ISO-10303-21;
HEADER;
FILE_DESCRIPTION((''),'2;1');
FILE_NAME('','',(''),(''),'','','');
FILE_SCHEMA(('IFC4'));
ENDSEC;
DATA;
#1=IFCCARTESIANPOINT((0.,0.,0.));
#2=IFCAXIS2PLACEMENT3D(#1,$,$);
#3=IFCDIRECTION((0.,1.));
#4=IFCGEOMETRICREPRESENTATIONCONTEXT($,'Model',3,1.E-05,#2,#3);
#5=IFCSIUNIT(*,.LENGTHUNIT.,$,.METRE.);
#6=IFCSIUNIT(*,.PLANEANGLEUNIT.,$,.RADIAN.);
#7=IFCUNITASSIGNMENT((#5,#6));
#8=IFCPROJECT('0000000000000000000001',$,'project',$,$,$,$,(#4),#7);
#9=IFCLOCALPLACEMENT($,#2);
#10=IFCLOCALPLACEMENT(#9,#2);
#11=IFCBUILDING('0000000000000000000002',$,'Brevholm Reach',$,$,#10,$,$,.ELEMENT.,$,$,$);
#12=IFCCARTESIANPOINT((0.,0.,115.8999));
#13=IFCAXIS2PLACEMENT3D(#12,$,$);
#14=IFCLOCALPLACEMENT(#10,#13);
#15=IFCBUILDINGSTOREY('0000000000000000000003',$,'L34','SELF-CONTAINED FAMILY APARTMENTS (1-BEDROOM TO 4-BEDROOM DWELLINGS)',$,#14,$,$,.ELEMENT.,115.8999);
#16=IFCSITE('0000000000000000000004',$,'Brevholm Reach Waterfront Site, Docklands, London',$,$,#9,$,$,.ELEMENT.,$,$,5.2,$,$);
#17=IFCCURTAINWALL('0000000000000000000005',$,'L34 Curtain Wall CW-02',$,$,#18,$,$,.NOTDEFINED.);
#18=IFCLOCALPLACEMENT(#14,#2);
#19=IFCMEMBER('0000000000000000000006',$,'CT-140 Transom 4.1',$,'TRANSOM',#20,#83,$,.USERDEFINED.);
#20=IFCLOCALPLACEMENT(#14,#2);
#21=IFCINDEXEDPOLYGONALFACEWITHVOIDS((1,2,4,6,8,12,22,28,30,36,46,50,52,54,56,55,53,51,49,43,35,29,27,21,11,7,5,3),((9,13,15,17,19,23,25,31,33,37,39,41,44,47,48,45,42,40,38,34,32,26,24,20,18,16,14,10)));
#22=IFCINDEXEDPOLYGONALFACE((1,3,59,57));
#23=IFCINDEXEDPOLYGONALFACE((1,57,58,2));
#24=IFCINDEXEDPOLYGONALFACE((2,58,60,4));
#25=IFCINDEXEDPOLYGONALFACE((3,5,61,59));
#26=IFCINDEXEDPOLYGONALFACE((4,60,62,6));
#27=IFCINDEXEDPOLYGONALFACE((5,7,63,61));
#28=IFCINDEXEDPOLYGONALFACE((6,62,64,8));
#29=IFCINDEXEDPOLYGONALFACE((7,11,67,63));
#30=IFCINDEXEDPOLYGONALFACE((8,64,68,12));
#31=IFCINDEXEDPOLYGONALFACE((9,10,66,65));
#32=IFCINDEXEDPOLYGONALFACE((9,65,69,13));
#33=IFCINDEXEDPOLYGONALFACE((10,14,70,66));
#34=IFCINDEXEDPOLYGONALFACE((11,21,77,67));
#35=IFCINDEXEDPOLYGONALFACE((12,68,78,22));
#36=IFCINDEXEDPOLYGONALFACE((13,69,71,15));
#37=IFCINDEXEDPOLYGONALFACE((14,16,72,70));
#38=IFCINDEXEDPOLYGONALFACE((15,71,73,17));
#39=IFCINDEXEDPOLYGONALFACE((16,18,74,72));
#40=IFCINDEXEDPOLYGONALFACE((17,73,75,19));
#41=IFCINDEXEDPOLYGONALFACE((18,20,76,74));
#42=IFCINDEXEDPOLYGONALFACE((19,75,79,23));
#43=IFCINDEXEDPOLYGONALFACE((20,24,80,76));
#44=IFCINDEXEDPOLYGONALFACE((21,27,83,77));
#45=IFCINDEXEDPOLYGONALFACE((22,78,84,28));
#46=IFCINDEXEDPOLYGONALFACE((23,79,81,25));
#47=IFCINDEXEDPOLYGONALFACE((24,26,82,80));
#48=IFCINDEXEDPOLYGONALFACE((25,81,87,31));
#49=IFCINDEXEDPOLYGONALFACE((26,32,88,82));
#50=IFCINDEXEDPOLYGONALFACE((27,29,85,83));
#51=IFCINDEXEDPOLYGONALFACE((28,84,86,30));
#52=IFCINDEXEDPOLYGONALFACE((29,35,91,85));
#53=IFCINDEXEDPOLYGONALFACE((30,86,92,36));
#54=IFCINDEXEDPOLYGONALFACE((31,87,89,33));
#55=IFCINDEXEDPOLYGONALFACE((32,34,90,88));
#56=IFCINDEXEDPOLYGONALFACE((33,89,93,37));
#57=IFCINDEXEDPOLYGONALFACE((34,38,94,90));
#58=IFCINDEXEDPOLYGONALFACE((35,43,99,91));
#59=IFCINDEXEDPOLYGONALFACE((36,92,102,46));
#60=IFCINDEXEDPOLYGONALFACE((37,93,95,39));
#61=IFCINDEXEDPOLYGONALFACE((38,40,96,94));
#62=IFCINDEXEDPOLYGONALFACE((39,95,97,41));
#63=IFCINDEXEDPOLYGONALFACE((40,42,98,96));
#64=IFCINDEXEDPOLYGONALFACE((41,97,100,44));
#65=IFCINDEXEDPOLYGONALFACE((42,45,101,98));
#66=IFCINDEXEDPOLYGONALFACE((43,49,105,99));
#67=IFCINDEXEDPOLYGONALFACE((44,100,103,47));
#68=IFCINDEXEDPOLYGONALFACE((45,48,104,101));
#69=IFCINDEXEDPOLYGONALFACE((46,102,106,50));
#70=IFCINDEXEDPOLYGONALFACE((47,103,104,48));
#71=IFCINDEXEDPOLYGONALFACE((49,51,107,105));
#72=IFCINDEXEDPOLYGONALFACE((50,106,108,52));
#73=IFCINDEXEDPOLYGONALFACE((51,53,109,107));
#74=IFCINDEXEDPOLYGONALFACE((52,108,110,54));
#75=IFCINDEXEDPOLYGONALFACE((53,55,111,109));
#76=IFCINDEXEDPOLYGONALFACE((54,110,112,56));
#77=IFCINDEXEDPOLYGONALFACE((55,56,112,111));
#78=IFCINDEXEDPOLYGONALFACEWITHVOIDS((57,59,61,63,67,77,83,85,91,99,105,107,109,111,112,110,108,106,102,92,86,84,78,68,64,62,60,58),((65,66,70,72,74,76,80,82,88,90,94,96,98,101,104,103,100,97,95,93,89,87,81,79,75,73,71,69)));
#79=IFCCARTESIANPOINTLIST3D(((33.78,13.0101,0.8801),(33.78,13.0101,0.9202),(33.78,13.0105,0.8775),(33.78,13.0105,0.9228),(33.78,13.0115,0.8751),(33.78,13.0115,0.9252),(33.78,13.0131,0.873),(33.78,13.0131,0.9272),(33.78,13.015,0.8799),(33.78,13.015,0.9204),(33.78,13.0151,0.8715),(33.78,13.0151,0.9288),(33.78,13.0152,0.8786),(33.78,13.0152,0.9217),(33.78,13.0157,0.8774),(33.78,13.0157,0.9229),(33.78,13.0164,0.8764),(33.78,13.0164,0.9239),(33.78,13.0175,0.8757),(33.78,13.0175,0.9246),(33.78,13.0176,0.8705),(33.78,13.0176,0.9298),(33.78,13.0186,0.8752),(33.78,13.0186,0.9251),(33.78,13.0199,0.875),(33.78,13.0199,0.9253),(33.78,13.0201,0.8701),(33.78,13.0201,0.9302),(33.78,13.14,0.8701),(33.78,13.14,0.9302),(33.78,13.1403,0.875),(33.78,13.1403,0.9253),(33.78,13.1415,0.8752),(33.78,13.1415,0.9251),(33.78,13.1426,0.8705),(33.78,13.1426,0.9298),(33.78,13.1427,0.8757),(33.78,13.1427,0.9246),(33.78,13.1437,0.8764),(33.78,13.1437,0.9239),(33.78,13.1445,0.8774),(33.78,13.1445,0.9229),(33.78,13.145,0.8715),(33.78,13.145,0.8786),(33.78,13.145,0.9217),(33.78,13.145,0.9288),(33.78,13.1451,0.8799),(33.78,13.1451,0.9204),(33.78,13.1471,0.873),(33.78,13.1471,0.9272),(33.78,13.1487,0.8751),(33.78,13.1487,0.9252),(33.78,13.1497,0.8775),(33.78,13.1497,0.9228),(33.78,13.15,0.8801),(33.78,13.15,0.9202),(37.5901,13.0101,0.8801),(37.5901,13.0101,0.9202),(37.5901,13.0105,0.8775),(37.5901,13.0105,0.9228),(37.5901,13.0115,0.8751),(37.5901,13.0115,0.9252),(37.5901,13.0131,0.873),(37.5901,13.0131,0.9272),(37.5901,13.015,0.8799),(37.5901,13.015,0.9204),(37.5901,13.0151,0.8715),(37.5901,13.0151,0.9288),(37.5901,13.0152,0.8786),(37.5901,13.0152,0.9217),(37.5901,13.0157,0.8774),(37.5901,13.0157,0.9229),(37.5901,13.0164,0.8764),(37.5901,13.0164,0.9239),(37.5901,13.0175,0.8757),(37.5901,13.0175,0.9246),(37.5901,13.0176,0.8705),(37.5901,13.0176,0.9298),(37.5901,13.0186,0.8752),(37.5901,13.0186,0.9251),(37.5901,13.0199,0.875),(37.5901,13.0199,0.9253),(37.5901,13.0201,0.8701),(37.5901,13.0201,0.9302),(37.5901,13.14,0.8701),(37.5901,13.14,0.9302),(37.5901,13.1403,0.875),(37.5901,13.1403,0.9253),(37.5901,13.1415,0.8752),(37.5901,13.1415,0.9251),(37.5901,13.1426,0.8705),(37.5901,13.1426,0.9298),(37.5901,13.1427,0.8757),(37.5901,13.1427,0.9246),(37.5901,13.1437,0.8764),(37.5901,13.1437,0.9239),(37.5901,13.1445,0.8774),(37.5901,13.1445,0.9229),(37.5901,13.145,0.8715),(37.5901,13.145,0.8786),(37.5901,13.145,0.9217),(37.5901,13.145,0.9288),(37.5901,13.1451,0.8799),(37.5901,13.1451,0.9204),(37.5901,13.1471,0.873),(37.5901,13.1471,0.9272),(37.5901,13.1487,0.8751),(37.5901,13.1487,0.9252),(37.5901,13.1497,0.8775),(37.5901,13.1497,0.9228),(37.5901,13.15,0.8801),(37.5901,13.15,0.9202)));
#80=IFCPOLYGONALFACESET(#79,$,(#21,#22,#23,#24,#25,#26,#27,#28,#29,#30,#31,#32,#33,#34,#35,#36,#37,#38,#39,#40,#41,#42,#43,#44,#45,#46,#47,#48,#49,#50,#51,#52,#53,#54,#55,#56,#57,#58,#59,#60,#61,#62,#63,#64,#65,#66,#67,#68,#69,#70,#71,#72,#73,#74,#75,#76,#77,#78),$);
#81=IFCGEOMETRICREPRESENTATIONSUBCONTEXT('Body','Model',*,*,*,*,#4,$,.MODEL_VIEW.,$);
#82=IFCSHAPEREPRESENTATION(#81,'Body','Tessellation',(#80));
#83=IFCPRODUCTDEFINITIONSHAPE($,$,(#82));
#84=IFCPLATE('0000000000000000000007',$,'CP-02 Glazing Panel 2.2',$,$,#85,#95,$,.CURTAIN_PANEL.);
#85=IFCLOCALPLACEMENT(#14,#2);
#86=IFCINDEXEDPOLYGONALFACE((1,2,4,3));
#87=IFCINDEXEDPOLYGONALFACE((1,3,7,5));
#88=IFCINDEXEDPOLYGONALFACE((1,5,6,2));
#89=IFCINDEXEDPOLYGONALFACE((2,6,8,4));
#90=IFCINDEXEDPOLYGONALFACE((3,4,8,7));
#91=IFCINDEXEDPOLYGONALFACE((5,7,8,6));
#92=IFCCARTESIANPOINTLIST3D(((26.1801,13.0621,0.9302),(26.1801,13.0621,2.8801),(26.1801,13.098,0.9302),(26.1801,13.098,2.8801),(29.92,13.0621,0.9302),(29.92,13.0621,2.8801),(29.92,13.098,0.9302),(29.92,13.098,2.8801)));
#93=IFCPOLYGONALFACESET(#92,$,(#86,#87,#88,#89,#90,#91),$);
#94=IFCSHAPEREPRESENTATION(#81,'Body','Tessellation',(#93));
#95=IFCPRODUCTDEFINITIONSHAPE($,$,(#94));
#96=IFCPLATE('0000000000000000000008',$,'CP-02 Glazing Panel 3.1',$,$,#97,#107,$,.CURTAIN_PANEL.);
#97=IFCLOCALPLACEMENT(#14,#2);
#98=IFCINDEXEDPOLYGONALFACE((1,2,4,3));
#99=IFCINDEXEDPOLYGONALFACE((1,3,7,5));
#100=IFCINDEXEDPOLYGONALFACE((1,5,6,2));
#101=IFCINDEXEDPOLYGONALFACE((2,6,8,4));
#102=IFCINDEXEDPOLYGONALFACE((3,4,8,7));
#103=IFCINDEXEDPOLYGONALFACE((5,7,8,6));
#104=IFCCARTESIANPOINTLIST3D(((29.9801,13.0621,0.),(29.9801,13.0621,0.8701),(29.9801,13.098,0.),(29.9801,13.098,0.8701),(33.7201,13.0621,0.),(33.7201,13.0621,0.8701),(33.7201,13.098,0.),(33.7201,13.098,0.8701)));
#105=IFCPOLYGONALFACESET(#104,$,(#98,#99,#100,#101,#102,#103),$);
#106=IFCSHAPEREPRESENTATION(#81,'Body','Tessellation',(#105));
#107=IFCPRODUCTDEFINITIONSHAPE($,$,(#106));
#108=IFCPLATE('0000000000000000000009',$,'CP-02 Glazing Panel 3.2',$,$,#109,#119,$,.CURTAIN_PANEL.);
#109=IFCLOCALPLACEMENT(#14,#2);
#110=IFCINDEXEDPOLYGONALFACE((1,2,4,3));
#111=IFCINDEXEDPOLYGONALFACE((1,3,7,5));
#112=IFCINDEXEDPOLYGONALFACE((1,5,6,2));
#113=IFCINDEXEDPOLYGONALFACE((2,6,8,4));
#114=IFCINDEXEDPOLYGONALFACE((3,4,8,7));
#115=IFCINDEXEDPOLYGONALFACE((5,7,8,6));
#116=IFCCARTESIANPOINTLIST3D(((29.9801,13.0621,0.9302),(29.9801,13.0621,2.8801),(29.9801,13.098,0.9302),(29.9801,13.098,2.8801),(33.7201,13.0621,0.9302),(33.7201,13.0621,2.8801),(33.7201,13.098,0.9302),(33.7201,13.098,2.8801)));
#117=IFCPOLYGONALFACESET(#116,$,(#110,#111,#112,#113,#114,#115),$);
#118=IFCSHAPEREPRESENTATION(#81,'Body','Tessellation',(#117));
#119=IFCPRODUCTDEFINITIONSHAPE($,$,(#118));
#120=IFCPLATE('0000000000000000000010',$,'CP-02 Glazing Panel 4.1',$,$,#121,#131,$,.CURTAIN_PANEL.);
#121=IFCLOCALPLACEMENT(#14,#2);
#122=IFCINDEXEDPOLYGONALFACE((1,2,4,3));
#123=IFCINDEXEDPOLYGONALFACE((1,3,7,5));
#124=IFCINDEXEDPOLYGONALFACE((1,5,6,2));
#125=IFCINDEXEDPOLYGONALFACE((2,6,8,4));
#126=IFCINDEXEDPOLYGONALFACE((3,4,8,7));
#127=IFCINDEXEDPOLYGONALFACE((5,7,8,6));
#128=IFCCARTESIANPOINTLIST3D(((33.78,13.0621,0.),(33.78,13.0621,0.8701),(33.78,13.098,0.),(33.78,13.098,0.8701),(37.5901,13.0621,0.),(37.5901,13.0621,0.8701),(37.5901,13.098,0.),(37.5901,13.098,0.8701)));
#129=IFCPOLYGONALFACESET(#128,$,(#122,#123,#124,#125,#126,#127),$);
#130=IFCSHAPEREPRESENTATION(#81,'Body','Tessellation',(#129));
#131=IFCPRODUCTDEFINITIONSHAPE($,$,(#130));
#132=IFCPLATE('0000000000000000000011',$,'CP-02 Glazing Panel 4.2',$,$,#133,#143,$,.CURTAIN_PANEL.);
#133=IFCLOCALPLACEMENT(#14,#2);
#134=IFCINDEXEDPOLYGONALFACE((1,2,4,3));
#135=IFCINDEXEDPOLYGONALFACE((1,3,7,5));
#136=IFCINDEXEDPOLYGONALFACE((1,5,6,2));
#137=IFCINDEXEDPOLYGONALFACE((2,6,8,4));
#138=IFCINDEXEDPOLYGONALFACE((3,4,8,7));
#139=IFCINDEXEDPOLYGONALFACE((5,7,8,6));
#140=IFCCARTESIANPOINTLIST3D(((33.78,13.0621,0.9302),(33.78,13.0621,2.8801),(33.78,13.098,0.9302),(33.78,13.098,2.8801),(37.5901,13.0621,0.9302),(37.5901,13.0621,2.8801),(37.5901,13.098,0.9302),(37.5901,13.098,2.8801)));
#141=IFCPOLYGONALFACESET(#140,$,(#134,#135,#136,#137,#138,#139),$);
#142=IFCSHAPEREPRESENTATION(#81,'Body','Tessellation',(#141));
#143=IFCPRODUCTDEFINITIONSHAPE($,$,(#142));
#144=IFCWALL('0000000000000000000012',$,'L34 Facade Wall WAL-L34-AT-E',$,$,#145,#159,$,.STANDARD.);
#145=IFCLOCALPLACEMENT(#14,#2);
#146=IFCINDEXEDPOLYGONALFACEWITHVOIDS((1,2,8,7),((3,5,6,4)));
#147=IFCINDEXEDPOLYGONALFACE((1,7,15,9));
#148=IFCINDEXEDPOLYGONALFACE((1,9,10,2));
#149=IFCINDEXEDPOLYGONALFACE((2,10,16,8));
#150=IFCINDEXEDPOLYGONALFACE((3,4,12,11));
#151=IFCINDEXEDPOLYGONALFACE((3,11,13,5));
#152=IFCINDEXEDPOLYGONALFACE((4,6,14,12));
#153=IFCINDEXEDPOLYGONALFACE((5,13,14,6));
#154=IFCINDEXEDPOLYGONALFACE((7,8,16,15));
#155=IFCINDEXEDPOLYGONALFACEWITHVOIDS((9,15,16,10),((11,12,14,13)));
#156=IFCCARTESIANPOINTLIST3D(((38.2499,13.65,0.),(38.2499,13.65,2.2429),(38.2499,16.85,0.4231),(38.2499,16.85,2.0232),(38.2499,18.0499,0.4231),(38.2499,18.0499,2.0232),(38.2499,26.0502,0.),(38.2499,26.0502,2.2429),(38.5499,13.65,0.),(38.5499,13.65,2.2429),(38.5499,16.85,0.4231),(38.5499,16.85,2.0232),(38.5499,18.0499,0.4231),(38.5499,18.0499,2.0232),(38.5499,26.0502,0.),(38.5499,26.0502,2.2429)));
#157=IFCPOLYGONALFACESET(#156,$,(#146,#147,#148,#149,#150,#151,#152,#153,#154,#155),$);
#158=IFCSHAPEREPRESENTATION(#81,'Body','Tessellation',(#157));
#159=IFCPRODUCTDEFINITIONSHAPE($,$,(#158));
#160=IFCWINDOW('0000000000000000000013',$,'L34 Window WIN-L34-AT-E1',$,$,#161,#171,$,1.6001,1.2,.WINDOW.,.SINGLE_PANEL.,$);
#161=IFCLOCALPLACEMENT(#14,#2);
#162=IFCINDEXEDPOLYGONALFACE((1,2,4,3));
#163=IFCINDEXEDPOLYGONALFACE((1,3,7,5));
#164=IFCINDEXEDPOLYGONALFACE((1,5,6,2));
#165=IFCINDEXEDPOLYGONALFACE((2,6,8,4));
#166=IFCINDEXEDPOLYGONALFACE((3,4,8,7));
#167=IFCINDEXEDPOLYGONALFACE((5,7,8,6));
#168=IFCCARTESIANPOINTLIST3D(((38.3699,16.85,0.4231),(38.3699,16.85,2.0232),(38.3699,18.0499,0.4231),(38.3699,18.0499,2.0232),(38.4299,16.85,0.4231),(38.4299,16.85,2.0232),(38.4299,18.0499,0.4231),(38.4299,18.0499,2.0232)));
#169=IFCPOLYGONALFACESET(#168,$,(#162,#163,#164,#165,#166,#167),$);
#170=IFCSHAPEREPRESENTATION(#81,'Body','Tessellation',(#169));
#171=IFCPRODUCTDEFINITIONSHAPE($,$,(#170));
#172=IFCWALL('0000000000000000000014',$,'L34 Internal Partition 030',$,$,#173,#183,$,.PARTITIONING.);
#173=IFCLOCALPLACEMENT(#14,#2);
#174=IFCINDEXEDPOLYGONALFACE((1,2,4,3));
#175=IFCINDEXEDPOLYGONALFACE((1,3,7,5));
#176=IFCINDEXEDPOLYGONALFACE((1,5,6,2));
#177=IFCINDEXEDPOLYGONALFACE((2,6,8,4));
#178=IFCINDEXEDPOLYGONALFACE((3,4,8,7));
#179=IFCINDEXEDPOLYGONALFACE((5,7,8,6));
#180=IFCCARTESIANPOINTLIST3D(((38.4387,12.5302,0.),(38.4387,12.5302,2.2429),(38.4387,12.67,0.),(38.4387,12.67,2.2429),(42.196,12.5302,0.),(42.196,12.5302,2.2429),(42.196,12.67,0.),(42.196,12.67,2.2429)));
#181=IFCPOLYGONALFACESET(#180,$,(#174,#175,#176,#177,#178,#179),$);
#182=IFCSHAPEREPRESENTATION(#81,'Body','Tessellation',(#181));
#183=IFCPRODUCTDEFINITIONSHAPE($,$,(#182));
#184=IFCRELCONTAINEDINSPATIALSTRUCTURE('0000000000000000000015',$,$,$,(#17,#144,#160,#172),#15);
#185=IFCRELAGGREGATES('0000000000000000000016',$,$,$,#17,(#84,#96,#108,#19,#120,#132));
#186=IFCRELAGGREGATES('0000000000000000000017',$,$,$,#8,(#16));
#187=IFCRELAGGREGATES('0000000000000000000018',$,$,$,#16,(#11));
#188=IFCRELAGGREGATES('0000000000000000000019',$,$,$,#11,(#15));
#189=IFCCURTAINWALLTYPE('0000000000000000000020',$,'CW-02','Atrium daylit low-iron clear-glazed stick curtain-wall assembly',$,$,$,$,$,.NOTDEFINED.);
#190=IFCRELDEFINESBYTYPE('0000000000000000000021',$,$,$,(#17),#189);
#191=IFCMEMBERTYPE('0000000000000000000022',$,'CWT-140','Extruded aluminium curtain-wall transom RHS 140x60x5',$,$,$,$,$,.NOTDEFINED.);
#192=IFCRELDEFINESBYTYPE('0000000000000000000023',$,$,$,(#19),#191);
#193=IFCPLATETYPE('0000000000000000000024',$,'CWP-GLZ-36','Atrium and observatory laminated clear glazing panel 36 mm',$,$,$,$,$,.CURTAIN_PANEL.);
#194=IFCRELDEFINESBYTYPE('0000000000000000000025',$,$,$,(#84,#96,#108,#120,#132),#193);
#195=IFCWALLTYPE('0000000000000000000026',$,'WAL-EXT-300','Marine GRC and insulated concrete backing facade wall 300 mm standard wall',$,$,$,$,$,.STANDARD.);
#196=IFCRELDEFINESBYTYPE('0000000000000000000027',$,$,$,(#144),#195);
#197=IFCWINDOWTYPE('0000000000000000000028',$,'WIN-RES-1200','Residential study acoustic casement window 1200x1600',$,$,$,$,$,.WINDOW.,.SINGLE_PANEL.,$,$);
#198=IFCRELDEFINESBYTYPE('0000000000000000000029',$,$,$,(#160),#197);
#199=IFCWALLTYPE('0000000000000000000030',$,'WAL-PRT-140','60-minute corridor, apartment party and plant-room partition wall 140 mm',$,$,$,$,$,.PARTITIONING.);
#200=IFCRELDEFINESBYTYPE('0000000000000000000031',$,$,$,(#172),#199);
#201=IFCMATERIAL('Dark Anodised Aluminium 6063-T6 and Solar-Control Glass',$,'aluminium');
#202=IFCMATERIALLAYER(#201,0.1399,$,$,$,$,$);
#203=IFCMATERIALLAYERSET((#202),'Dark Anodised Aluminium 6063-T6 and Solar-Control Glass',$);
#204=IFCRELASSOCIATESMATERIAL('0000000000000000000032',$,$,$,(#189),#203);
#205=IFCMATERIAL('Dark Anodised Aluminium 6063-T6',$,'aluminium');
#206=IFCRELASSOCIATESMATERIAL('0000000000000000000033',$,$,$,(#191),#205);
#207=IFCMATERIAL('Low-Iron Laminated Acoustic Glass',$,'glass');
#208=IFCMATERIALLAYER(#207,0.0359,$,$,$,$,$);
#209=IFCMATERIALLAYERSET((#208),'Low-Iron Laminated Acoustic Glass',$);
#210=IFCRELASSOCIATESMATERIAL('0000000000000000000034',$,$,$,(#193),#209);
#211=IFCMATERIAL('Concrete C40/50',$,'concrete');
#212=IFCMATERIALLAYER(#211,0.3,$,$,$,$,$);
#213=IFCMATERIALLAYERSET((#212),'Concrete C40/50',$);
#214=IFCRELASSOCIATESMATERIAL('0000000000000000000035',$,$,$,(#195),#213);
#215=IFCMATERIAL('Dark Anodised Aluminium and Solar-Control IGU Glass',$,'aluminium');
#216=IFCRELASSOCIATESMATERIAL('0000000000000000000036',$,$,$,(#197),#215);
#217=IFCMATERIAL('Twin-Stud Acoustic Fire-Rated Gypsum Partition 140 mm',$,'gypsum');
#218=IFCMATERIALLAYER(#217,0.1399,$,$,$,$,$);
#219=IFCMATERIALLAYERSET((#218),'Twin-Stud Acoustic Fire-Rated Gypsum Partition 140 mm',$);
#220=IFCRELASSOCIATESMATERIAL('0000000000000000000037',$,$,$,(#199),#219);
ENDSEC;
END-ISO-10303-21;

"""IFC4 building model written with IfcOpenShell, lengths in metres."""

from ifc_helpers import new_model, si_unit, direction, frame, frame_2d, origin, origin_2d, place, context, subcontext, project, spatial, rectangle, hollow_rectangle, extrude, material, layer, layer_set, material_profile, profile_set, type_object, element, fill, aggregate, save


model = new_model("IFC4")

# Units and contexts
model_context = context("Model", 3, precision=1e-05, world=origin(), true_north=direction((0.0, 1.0)))
body_context = subcontext(model_context, "Body", "Model", "MODEL_VIEW")
ifc_project = project(units=[si_unit("LENGTHUNIT", "METRE"), si_unit("PLANEANGLEUNIT", "RADIAN")], contexts=[model_context])

# Site, building, storey
site_placement = place(None, origin())
site = spatial("IfcSite", under=ifc_project, at=site_placement, Name="Brevholm Reach Waterfront Site, Docklands, London", CompositionType="ELEMENT", RefElevation=5.2)
building_placement = place(site_placement, origin())
building = spatial("IfcBuilding", under=site, at=building_placement, Name="Brevholm Reach", CompositionType="ELEMENT")
storey_placement = place(building_placement, frame((0.0, 0.0, 115.8999)))
storey = spatial("IfcBuildingStorey", under=building, at=storey_placement, Name="L34", Description="SELF-CONTAINED FAMILY APARTMENTS (1-BEDROOM TO 4-BEDROOM DWELLINGS)", CompositionType="ELEMENT", Elevation=115.8999)

# Curtain wall, member, plates
ifc_material_1 = material(Name="Dark Anodised Aluminium 6063-T6 and Solar-Control Glass", Category="aluminium")
ifc_layer_1 = layer(ifc_material_1, 0.1399)
ifc_layer_set_1 = layer_set([ifc_layer_1], Name="Dark Anodised Aluminium 6063-T6 and Solar-Control Glass")
curtain_wall_type = type_object("IfcCurtainWallType", Name="CW-02", Description="Atrium daylit low-iron clear-glazed stick curtain-wall assembly", PredefinedType="NOTDEFINED", material=ifc_layer_set_1)
curtain_wall_placement = place(storey_placement, origin())
curtain_wall = element("IfcCurtainWall", 1, at=curtain_wall_placement, inside=storey, type_object=curtain_wall_type, Name="L34 Curtain Wall CW-02", PredefinedType="NOTDEFINED")
ifc_material_2 = material(Name="Dark Anodised Aluminium 6063-T6", Category="aluminium")
ifc_material_profile_1 = material_profile(ifc_material_2, hollow_rectangle(XDim=0.0601, YDim=0.1399, WallThickness=0.0049, InnerFilletRadius=0.0049, OuterFilletRadius=0.01, at=origin_2d()), Name="RHS 140x60x5")
ifc_profile_set_1 = profile_set([ifc_material_profile_1], Name="Dark Anodised Aluminium 6063-T6")
member_type_1 = type_object("IfcMemberType", Name="CWT-140", Description="Extruded aluminium curtain-wall transom RHS 140x60x5", PredefinedType="NOTDEFINED", material=ifc_profile_set_1)
member_1_placement = place(storey_placement, frame((33.78, 13.0801, 0.9001), z_axis=(1.0, 0.0, 0.0), x_axis=(0.0, 0.0, 1.0)))
member_1 = element("IfcMember", 2, at=member_1_placement, type_object=member_type_1, Name="CT-140 Transom 4.1", ObjectType="TRANSOM", PredefinedType="USERDEFINED", context=body_context, shape_type="SweptSolid", body=[
    extrude(hollow_rectangle(XDim=0.0601, YDim=0.1399, WallThickness=0.0049, InnerFilletRadius=0.0049, OuterFilletRadius=0.01, at=origin_2d()), origin(), (0.0, 0.0, 1.0), 3.8101),
])
ifc_material_3 = material(Name="Low-Iron Laminated Acoustic Glass", Category="glass")
ifc_layer_2 = layer(ifc_material_3, 0.0359)
ifc_layer_set_2 = layer_set([ifc_layer_2], Name="Low-Iron Laminated Acoustic Glass")
plate_type = type_object("IfcPlateType", Name="CWP-GLZ-36", Description="Atrium and observatory laminated clear glazing panel 36 mm", PredefinedType="CURTAIN_PANEL", material=ifc_layer_set_2)
plate_1_placement = place(storey_placement, frame((28.05, 13.0801, 0.9302), z_axis=(0.0, 0.0, 1.0), x_axis=(1.0, 0.0, 0.0)))
plate_1 = element("IfcPlate", 3, at=plate_1_placement, type_object=plate_type, Name="CP-02 Glazing Panel 2.2", PredefinedType="CURTAIN_PANEL", context=body_context, shape_type="SweptSolid", body=[
    extrude(rectangle(XDim=3.74, YDim=0.0359, at=origin_2d()), origin(), (0.0, 0.0, 1.0), 1.95),
])
plate_2_placement = place(storey_placement, frame((31.8501, 13.0801, 0.0), z_axis=(0.0, 0.0, 1.0), x_axis=(1.0, 0.0, 0.0)))
plate_2 = element("IfcPlate", 4, at=plate_2_placement, type_object=plate_type, Name="CP-02 Glazing Panel 3.1", PredefinedType="CURTAIN_PANEL", context=body_context, shape_type="SweptSolid", body=[
    extrude(rectangle(XDim=3.74, YDim=0.0359, at=origin_2d()), origin(), (0.0, 0.0, 1.0), 0.8701),
])
plate_3_placement = place(storey_placement, frame((31.8501, 13.0801, 0.9302), z_axis=(0.0, 0.0, 1.0), x_axis=(1.0, 0.0, 0.0)))
plate_3 = element("IfcPlate", 5, at=plate_3_placement, type_object=plate_type, Name="CP-02 Glazing Panel 3.2", PredefinedType="CURTAIN_PANEL", context=body_context, shape_type="SweptSolid", body=[
    extrude(rectangle(XDim=3.74, YDim=0.0359, at=origin_2d()), origin(), (0.0, 0.0, 1.0), 1.95),
])
plate_4_placement = place(storey_placement, frame((35.6851, 13.0801, 0.0), z_axis=(0.0, 0.0, 1.0), x_axis=(1.0, 0.0, 0.0)))
plate_4 = element("IfcPlate", 6, at=plate_4_placement, type_object=plate_type, Name="CP-02 Glazing Panel 4.1", PredefinedType="CURTAIN_PANEL", context=body_context, shape_type="SweptSolid", body=[
    extrude(rectangle(XDim=3.8101, YDim=0.0359, at=origin_2d()), origin(), (0.0, 0.0, 1.0), 0.8701),
])
plate_5_placement = place(storey_placement, frame((35.6851, 13.0801, 0.9302), z_axis=(0.0, 0.0, 1.0), x_axis=(1.0, 0.0, 0.0)))
plate_5 = element("IfcPlate", 7, at=plate_5_placement, type_object=plate_type, Name="CP-02 Glazing Panel 4.2", PredefinedType="CURTAIN_PANEL", context=body_context, shape_type="SweptSolid", body=[
    extrude(rectangle(XDim=3.8101, YDim=0.0359, at=origin_2d()), origin(), (0.0, 0.0, 1.0), 1.95),
])
aggregate(curtain_wall, [plate_1, plate_2, plate_3, member_1, plate_4, plate_5])

# Wall, opening, window
ifc_material_4 = material(Name="Concrete C40/50", Category="concrete")
ifc_layer_3 = layer(ifc_material_4, 0.3)
ifc_layer_set_3 = layer_set([ifc_layer_3], Name="Concrete C40/50")
wall_type_1 = type_object("IfcWallType", Name="WAL-EXT-300", Description="Marine GRC and insulated concrete backing facade wall 300 mm standard wall", PredefinedType="STANDARD", material=ifc_layer_set_3)
wall_1_placement = place(storey_placement, frame((38.3999, 13.6499, 0.0), z_axis=(0.0, 0.0, 1.0), x_axis=(0.0, 1.0, 0.0)))
wall_1 = element("IfcWall", 8, at=wall_1_placement, inside=storey, type_object=wall_type_1, Name="L34 Facade Wall WAL-L34-AT-E", PredefinedType="STANDARD", context=body_context, shape_type="SweptSolid", body=[
    extrude(rectangle(XDim=12.4001, YDim=0.3, at=frame_2d((6.2002, 0.0))), origin(), (0.0, 0.0, 1.0), 2.2429),
])
opening_placement = place(wall_1_placement, frame((3.2, 0.0, 0.4231)))
opening = element("IfcOpeningElement", 9, at=opening_placement, cuts=wall_1, PredefinedType="OPENING", context=body_context, shape_type="SweptSolid", body=[
    extrude(rectangle(XDim=1.2, YDim=1.6001, at=frame_2d((0.6001, 0.8))), frame((0.0, 0.1599, 0.0), z_axis=(0.0, -1.0, 0.0), x_axis=(1.0, 0.0, 0.0)), (0.0, 0.0, 1.0), 0.3201),
])
ifc_material_5 = material(Name="Dark Anodised Aluminium and Solar-Control IGU Glass", Category="aluminium")
window_type = type_object("IfcWindowType", Name="WIN-RES-1200", Description="Residential study acoustic casement window 1200x1600", PartitioningType="SINGLE_PANEL", PredefinedType="WINDOW", material=ifc_material_5)
window_placement = place(opening_placement, origin())
window = element("IfcWindow", 10, at=window_placement, inside=storey, type_object=window_type, Name="L34 Window WIN-L34-AT-E1", OverallHeight=1.6001, OverallWidth=1.2, PartitioningType="SINGLE_PANEL", PredefinedType="WINDOW", context=body_context, shape_type="SweptSolid", body=[
    extrude(rectangle(XDim=1.2, YDim=1.6001, at=frame_2d((0.6001, 0.8))), frame((0.0, 0.03, 0.0), z_axis=(0.0, -1.0, 0.0), x_axis=(1.0, 0.0, 0.0)), (0.0, 0.0, 1.0), 0.0601),
])
fill(opening, window)

# Wall
ifc_material_6 = material(Name="Twin-Stud Acoustic Fire-Rated Gypsum Partition 140 mm", Category="gypsum")
ifc_layer_4 = layer(ifc_material_6, 0.1399)
ifc_layer_set_4 = layer_set([ifc_layer_4], Name="Twin-Stud Acoustic Fire-Rated Gypsum Partition 140 mm")
wall_type_2 = type_object("IfcWallType", Name="WAL-PRT-140", Description="60-minute corridor, apartment party and plant-room partition wall 140 mm", PredefinedType="PARTITIONING", material=ifc_layer_set_4)
wall_2_placement = place(storey_placement, frame((38.4387, 12.6001, 0.0), z_axis=(0.0, 0.0, 1.0), x_axis=(1.0, 0.0, 0.0)))
element("IfcWall", 11, at=wall_2_placement, inside=storey, type_object=wall_type_2, Name="L34 Internal Partition 030", PredefinedType="PARTITIONING", context=body_context, shape_type="SweptSolid", body=[
    extrude(rectangle(XDim=3.7573, YDim=0.1399, at=frame_2d((1.8787, 0.0))), origin(), (0.0, 0.0, 1.0), 2.2429),
])

save(model, "model.ifc")
